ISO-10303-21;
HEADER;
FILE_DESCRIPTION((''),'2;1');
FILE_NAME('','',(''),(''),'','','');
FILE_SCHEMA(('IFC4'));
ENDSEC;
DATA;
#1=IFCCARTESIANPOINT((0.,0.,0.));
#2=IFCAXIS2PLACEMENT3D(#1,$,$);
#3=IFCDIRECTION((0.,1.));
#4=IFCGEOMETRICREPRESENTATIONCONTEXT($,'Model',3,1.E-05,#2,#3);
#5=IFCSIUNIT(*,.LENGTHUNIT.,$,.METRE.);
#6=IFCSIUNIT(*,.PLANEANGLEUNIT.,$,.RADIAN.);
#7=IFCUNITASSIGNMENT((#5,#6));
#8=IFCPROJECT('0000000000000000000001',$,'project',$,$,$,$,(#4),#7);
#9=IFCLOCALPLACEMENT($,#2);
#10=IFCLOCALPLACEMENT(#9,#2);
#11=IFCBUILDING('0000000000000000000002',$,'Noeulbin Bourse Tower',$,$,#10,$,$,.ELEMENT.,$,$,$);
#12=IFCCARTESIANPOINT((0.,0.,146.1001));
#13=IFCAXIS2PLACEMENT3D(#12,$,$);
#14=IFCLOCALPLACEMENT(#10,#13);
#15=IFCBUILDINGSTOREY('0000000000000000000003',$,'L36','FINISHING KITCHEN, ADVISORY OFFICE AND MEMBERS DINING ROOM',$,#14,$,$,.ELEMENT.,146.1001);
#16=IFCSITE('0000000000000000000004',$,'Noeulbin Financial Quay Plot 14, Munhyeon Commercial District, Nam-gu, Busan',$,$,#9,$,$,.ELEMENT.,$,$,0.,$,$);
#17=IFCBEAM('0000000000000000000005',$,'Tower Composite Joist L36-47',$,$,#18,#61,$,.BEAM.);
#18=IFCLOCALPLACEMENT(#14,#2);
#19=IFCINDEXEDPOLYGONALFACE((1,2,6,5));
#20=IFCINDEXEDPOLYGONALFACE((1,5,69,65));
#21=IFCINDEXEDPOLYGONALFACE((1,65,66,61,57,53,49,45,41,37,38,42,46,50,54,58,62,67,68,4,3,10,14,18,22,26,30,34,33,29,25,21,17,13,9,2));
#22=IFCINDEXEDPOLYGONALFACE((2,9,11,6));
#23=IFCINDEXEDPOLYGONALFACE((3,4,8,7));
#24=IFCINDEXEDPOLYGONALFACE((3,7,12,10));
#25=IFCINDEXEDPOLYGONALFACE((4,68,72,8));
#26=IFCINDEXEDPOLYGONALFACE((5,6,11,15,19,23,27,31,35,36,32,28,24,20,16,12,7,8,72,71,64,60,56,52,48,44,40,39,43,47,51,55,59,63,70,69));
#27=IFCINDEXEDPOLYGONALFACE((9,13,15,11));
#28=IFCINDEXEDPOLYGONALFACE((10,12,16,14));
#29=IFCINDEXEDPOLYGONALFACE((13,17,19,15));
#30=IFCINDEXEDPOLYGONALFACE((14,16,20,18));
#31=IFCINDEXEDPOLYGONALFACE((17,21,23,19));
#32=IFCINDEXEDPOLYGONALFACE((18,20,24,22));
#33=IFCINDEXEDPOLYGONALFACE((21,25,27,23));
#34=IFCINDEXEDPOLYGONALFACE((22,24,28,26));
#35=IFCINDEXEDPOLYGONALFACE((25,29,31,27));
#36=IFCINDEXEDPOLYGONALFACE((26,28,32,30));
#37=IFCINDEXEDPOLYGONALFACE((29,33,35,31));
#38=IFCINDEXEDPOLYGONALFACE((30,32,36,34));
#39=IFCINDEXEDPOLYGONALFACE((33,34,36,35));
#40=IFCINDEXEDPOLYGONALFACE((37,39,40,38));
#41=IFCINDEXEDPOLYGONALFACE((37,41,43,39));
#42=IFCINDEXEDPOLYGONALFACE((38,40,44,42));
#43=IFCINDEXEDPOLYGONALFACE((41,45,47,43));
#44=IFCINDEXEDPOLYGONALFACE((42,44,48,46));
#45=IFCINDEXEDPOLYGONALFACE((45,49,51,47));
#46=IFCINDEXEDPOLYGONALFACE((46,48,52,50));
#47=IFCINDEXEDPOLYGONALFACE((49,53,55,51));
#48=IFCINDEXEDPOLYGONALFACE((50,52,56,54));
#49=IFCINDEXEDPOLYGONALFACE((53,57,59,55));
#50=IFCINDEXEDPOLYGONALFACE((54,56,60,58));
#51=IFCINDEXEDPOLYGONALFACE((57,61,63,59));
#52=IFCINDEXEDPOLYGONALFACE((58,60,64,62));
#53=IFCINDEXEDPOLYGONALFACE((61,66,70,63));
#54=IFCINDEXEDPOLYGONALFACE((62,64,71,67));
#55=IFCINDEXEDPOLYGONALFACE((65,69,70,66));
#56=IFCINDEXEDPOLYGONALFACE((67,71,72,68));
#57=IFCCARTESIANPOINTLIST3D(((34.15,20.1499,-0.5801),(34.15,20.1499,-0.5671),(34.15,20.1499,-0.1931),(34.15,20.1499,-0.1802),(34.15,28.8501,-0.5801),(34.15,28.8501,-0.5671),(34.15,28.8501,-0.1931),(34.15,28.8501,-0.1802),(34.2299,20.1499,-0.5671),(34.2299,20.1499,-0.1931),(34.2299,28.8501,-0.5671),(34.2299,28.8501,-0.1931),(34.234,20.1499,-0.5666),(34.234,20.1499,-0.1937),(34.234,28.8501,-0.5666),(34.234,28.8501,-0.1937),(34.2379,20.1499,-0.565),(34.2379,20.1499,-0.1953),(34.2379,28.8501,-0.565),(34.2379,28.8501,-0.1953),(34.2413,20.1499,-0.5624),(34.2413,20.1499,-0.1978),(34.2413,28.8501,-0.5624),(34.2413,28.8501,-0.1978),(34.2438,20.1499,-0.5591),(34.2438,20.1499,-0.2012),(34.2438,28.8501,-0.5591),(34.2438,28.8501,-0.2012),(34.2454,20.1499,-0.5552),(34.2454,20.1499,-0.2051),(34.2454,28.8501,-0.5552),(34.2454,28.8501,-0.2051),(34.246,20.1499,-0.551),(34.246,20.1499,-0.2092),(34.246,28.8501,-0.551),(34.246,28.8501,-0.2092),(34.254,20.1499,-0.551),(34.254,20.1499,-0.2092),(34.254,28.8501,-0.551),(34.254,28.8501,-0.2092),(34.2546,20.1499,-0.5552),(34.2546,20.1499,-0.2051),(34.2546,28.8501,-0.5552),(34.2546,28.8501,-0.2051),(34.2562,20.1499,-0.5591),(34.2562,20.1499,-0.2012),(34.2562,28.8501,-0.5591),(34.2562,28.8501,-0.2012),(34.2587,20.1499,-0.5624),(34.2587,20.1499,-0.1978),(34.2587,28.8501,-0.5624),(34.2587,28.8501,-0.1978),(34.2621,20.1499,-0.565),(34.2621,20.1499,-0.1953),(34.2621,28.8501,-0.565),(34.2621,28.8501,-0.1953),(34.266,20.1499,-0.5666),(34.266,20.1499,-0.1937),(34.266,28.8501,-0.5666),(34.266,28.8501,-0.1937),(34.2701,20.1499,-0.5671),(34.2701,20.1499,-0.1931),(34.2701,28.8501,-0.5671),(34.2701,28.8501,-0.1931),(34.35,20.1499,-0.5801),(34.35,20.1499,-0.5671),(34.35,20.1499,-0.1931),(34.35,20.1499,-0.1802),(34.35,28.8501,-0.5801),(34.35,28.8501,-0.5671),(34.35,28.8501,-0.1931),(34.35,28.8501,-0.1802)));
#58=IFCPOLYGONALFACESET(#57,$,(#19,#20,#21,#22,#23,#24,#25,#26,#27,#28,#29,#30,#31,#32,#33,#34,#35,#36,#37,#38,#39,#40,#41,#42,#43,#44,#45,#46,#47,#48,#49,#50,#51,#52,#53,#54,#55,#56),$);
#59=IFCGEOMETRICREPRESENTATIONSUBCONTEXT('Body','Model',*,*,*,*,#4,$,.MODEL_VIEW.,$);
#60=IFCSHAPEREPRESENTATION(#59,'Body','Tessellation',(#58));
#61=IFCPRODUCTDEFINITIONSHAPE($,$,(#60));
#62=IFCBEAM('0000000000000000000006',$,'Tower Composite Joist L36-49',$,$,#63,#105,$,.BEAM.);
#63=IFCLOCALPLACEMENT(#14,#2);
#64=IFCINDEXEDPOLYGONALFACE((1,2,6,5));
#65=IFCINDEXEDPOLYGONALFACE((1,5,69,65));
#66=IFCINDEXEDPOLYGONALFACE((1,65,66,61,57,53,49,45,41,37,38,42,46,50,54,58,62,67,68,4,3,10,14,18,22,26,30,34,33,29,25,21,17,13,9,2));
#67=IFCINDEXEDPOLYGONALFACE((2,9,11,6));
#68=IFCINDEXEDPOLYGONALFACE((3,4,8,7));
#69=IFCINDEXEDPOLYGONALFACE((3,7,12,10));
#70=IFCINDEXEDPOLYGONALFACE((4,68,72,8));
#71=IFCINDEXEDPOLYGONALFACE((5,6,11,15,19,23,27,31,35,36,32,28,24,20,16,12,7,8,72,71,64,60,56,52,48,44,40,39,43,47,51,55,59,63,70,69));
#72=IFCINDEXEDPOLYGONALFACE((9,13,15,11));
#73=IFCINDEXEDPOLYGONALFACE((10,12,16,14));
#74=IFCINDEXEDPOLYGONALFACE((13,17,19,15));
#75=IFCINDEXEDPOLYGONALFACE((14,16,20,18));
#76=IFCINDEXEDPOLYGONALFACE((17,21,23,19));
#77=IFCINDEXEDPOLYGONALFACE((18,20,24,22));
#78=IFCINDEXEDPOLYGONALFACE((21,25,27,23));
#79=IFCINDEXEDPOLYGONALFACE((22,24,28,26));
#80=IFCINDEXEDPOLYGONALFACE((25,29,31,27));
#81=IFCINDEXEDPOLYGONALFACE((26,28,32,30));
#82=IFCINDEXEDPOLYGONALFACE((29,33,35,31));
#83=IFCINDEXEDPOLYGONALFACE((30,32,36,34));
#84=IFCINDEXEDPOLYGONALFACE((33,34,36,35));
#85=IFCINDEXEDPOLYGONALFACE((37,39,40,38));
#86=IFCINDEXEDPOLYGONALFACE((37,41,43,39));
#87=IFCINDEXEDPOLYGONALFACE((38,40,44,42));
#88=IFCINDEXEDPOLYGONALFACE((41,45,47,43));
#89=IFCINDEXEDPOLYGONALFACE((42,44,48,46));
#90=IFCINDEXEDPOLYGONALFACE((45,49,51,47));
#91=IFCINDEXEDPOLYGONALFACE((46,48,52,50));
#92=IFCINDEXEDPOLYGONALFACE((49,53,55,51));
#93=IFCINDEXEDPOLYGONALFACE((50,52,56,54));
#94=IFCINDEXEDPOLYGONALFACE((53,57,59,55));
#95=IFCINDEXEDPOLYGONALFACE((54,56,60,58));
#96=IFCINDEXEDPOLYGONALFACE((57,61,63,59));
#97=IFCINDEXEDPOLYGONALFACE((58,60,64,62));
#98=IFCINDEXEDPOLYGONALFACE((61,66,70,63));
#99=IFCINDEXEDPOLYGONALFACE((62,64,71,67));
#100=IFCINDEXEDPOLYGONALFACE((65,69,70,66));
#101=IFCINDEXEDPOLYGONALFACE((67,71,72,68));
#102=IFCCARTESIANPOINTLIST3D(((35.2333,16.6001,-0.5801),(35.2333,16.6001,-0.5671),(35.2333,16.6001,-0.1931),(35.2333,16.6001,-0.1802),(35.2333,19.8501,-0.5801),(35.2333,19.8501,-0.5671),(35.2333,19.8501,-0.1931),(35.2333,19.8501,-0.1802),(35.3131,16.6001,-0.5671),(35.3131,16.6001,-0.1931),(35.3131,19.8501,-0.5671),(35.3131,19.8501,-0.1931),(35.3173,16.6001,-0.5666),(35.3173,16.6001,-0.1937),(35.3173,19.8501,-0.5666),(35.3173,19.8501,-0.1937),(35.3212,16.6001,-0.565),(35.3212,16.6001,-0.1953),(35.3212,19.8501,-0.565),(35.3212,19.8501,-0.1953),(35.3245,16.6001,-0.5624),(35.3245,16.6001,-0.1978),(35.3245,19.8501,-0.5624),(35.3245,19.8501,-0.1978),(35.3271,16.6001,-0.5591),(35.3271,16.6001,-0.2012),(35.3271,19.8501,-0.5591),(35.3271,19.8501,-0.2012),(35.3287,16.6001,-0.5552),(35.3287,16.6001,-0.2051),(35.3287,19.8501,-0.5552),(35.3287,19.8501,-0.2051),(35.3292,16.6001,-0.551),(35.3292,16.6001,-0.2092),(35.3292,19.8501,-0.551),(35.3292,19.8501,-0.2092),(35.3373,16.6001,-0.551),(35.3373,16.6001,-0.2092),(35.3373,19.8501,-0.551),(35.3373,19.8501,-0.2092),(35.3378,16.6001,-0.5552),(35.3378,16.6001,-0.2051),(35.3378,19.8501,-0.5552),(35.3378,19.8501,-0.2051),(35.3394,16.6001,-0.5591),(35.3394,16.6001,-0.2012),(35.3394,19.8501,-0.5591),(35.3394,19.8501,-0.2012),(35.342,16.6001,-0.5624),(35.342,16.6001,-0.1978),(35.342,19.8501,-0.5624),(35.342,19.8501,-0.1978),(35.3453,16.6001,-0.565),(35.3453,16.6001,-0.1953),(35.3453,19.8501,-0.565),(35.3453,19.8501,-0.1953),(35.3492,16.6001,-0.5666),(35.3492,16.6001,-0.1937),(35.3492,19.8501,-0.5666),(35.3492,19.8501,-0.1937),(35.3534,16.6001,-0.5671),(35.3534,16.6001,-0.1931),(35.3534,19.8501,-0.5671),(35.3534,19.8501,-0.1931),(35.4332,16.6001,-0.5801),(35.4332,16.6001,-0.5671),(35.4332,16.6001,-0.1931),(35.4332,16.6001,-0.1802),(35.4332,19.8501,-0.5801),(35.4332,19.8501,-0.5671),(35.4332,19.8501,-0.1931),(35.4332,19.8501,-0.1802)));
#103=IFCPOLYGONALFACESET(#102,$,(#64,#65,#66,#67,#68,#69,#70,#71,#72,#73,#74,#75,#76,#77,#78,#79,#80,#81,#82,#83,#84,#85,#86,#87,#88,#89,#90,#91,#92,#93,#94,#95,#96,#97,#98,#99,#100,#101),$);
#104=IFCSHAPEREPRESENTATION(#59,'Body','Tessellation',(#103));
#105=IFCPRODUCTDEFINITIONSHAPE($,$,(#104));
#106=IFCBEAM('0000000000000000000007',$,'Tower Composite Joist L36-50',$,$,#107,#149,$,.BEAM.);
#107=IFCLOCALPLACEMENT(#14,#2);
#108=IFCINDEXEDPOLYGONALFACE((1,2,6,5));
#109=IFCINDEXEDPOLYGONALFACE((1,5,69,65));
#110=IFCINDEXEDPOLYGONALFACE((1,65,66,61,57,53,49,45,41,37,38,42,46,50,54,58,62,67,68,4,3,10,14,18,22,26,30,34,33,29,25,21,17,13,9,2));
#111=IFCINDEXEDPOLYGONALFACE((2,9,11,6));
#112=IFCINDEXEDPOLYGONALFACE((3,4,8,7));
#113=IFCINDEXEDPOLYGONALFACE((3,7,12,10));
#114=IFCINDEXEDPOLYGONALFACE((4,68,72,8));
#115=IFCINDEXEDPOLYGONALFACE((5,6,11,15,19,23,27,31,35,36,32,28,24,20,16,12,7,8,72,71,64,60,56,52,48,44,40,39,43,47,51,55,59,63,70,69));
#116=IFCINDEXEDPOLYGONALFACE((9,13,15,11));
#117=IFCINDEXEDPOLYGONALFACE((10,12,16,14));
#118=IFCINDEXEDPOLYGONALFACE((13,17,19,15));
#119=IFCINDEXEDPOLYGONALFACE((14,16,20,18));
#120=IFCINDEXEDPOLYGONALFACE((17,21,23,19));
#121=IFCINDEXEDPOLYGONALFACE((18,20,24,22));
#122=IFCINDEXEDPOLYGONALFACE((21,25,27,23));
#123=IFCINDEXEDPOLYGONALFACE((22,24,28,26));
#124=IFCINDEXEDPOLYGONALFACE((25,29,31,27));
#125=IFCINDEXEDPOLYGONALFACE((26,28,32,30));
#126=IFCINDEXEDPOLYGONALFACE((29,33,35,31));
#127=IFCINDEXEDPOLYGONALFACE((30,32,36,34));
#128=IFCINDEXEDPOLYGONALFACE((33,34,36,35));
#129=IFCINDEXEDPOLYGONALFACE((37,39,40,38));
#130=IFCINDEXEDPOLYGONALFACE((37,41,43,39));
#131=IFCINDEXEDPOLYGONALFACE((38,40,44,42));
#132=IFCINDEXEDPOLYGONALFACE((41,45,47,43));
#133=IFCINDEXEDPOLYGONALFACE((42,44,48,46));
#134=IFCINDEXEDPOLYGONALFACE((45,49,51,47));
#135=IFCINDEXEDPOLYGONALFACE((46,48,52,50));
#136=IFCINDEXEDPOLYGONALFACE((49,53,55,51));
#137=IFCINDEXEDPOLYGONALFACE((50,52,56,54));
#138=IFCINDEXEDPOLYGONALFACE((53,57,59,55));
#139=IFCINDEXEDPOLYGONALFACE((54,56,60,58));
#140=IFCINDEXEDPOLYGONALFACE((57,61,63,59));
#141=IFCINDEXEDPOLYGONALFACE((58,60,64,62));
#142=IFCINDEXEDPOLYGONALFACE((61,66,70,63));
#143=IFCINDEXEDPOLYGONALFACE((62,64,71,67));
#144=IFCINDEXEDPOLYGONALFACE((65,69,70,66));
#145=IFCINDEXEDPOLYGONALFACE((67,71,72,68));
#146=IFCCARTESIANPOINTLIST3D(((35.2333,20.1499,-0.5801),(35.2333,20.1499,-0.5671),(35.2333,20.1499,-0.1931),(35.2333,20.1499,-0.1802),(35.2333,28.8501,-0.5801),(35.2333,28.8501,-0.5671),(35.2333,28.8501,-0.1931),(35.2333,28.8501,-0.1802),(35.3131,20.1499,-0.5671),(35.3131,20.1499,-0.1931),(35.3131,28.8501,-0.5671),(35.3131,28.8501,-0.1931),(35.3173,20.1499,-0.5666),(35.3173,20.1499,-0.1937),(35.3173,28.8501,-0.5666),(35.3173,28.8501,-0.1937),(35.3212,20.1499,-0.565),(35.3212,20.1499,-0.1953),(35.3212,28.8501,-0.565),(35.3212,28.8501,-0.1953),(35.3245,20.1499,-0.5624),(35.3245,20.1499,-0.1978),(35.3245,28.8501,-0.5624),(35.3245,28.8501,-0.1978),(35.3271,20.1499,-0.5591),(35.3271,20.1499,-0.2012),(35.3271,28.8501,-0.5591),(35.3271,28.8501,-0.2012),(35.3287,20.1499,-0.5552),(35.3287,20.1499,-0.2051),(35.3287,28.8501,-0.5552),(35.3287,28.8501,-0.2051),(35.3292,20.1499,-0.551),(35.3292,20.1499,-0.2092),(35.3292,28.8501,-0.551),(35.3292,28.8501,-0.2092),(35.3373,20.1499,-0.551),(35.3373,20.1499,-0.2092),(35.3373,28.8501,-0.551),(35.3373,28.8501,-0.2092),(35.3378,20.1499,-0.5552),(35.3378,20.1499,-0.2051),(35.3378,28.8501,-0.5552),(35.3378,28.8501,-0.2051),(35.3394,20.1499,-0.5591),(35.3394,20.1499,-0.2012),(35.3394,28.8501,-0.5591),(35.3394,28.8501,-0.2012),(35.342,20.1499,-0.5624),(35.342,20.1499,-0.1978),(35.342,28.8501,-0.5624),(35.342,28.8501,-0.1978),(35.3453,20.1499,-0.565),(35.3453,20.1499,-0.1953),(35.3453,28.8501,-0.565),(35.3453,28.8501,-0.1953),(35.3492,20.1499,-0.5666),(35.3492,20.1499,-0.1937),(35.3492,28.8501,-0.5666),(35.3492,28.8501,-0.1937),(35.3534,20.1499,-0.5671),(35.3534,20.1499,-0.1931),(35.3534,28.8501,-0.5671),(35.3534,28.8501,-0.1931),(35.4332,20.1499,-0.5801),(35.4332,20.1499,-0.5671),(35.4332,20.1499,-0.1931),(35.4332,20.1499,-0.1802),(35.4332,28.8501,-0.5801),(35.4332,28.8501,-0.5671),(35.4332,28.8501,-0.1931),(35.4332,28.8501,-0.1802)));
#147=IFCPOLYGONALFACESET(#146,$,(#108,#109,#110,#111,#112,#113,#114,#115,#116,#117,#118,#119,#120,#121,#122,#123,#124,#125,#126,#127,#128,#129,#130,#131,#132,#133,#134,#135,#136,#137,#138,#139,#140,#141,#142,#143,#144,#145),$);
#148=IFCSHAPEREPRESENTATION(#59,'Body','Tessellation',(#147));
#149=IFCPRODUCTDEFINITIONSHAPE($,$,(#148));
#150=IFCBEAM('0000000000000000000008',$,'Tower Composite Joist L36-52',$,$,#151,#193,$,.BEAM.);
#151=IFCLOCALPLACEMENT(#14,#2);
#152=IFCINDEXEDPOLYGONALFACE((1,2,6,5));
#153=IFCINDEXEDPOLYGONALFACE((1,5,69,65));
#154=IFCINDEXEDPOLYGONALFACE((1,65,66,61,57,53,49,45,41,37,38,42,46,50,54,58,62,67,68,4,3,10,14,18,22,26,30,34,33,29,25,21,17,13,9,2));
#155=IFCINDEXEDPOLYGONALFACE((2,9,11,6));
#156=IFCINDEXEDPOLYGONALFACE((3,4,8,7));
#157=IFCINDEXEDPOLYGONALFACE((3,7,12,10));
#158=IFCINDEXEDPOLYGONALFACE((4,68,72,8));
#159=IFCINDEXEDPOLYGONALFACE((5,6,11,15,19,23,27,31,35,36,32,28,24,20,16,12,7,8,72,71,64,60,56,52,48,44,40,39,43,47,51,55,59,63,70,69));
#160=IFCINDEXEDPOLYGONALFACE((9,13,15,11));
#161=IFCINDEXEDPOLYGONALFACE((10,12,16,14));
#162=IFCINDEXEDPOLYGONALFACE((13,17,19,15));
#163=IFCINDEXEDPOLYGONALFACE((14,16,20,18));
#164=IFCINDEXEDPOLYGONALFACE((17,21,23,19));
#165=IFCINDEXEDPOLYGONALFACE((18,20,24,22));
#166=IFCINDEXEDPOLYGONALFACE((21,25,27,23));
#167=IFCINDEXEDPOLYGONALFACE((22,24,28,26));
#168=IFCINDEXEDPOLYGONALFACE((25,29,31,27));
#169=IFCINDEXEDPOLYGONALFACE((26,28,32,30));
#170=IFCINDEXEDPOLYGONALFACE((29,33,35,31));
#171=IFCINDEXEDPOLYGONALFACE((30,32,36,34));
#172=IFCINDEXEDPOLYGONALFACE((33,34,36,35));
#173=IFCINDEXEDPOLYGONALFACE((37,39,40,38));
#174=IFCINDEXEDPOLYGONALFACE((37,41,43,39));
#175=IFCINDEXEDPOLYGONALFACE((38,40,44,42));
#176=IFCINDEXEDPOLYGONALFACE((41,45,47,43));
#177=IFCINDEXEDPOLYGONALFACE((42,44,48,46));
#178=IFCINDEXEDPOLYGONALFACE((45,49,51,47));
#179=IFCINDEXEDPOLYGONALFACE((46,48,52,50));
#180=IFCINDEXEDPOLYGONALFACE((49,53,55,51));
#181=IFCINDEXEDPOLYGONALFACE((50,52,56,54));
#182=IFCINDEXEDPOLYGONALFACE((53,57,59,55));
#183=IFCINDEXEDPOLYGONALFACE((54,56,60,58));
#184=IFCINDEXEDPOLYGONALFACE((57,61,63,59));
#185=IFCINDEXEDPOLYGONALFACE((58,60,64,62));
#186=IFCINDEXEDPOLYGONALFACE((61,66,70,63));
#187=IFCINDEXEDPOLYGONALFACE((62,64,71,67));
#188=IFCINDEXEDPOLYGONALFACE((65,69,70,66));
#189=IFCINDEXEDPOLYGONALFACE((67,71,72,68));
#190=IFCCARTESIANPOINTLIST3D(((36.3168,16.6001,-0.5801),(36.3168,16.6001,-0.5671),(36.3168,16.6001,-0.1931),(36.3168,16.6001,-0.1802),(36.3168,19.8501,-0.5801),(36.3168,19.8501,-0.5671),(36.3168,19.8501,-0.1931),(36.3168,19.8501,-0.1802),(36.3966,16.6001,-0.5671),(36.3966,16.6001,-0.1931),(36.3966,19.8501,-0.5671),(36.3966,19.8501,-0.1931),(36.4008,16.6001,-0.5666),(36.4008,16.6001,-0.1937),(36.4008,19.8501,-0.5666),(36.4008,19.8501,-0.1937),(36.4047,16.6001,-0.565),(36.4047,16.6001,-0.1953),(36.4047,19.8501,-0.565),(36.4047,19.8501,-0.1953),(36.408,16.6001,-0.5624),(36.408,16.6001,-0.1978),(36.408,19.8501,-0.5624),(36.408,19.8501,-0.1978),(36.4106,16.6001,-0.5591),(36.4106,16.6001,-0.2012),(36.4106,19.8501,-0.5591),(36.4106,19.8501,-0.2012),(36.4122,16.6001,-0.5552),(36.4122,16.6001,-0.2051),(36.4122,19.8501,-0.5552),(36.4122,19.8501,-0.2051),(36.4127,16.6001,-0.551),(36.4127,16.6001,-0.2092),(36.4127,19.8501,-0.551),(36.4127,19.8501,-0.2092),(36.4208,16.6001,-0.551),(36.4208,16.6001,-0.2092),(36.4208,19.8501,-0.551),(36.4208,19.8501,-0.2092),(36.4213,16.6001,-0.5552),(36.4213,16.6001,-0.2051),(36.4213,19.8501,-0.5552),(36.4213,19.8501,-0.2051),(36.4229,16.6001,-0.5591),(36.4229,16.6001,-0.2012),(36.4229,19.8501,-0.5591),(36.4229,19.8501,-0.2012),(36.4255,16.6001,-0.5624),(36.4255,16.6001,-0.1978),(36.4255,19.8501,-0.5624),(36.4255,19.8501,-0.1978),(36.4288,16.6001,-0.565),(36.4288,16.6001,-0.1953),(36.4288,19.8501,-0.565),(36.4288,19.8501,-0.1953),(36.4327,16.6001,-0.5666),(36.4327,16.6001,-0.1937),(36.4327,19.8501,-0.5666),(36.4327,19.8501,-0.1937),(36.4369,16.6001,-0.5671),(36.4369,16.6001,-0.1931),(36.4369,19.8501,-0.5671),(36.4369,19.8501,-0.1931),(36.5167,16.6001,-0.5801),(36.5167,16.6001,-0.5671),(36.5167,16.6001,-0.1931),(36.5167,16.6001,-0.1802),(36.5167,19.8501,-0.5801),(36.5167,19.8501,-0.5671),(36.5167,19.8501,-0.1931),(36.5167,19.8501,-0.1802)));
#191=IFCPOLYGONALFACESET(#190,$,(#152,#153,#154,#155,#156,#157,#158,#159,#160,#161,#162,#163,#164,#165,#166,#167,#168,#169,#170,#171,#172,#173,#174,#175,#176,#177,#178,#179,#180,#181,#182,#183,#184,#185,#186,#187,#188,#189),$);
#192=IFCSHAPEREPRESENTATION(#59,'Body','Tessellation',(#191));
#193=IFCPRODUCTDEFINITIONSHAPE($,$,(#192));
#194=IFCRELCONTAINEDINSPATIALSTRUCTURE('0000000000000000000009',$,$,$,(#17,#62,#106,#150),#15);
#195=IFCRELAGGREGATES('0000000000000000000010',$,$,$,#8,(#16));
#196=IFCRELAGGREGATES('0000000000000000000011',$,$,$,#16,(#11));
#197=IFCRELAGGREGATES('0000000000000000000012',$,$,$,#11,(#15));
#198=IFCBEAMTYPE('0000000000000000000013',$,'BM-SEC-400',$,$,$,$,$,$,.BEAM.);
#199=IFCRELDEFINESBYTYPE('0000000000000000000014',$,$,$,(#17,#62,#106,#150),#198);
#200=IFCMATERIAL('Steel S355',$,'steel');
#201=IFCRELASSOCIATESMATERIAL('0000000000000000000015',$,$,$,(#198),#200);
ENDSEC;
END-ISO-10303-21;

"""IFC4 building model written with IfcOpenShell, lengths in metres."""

from ifc_helpers import new_model, si_unit, direction, frame, origin, origin_2d, place, context, subcontext, project, spatial, i_section, extrude, material, material_profile, profile_set, type_object, element, save


model = new_model("IFC4")

# Units and contexts
model_context = context("Model", 3, precision=1e-05, world=origin(), true_north=direction((0.0, 1.0)))
body_context = subcontext(model_context, "Body", "Model", "MODEL_VIEW")
ifc_project = project(units=[si_unit("LENGTHUNIT", "METRE"), si_unit("PLANEANGLEUNIT", "RADIAN")], contexts=[model_context])

# Site, building, storey
site_placement = place(None, origin())
site = spatial("IfcSite", under=ifc_project, at=site_placement, Name="Noeulbin Financial Quay Plot 14, Munhyeon Commercial District, Nam-gu, Busan", CompositionType="ELEMENT", RefElevation=0.0)
building_placement = place(site_placement, origin())
building = spatial("IfcBuilding", under=site, at=building_placement, Name="Noeulbin Bourse Tower", CompositionType="ELEMENT")
storey_placement = place(building_placement, frame((0.0, 0.0, 146.1001)))
storey = spatial("IfcBuildingStorey", under=building, at=storey_placement, Name="L36", Description="FINISHING KITCHEN, ADVISORY OFFICE AND MEMBERS DINING ROOM", CompositionType="ELEMENT", Elevation=146.1001)

# Beams
ifc_material_1 = material(Name="Steel S355", Category="steel")
ifc_material_profile_1 = material_profile(ifc_material_1, i_section(OverallWidth=0.2, OverallDepth=0.3999, WebThickness=0.0081, FlangeThickness=0.0129, FilletRadius=0.0161, at=origin_2d()), Name="H-400x200x8x13", Category="LoadBearing")
ifc_profile_set_1 = profile_set([ifc_material_profile_1], Name="Steel S355")
beam_type_1 = type_object("IfcBeamType", Name="BM-SEC-400", PredefinedType="BEAM", material=ifc_profile_set_1)
beam_1_placement = place(storey_placement, frame((34.25, 20.1499, -0.3801), z_axis=(0.0, 1.0, 0.0), x_axis=(-1.0, 0.0, 0.0)))
element("IfcBeam", 1, at=beam_1_placement, inside=storey, type_object=beam_type_1, Name="Tower Composite Joist L36-47", PredefinedType="BEAM", context=body_context, shape_type="SweptSolid", body=[
    extrude(i_section(OverallWidth=0.2, OverallDepth=0.3999, WebThickness=0.0081, FlangeThickness=0.0129, FilletRadius=0.0161, at=origin_2d()), origin(), (0.0, 0.0, 1.0), 8.7002),
])
beam_2_placement = place(storey_placement, frame((35.3333, 16.6001, -0.3801), z_axis=(0.0, 1.0, 0.0), x_axis=(-1.0, 0.0, 0.0)))
element("IfcBeam", 2, at=beam_2_placement, inside=storey, type_object=beam_type_1, Name="Tower Composite Joist L36-49", PredefinedType="BEAM", context=body_context, shape_type="SweptSolid", body=[
    extrude(i_section(OverallWidth=0.2, OverallDepth=0.3999, WebThickness=0.0081, FlangeThickness=0.0129, FilletRadius=0.0161, at=origin_2d()), origin(), (0.0, 0.0, 1.0), 3.25),
])
beam_3_placement = place(storey_placement, frame((35.3333, 20.1499, -0.3801), z_axis=(0.0, 1.0, 0.0), x_axis=(-1.0, 0.0, 0.0)))
element("IfcBeam", 3, at=beam_3_placement, inside=storey, type_object=beam_type_1, Name="Tower Composite Joist L36-50", PredefinedType="BEAM", context=body_context, shape_type="SweptSolid", body=[
    extrude(i_section(OverallWidth=0.2, OverallDepth=0.3999, WebThickness=0.0081, FlangeThickness=0.0129, FilletRadius=0.0161, at=origin_2d()), origin(), (0.0, 0.0, 1.0), 8.7002),
])
beam_4_placement = place(storey_placement, frame((36.4167, 16.6001, -0.3801), z_axis=(0.0, 1.0, 0.0), x_axis=(-1.0, 0.0, 0.0)))
element("IfcBeam", 4, at=beam_4_placement, inside=storey, type_object=beam_type_1, Name="Tower Composite Joist L36-52", PredefinedType="BEAM", context=body_context, shape_type="SweptSolid", body=[
    extrude(i_section(OverallWidth=0.2, OverallDepth=0.3999, WebThickness=0.0081, FlangeThickness=0.0129, FilletRadius=0.0161, at=origin_2d()), origin(), (0.0, 0.0, 1.0), 3.25),
])

save(model, "model.ifc")
